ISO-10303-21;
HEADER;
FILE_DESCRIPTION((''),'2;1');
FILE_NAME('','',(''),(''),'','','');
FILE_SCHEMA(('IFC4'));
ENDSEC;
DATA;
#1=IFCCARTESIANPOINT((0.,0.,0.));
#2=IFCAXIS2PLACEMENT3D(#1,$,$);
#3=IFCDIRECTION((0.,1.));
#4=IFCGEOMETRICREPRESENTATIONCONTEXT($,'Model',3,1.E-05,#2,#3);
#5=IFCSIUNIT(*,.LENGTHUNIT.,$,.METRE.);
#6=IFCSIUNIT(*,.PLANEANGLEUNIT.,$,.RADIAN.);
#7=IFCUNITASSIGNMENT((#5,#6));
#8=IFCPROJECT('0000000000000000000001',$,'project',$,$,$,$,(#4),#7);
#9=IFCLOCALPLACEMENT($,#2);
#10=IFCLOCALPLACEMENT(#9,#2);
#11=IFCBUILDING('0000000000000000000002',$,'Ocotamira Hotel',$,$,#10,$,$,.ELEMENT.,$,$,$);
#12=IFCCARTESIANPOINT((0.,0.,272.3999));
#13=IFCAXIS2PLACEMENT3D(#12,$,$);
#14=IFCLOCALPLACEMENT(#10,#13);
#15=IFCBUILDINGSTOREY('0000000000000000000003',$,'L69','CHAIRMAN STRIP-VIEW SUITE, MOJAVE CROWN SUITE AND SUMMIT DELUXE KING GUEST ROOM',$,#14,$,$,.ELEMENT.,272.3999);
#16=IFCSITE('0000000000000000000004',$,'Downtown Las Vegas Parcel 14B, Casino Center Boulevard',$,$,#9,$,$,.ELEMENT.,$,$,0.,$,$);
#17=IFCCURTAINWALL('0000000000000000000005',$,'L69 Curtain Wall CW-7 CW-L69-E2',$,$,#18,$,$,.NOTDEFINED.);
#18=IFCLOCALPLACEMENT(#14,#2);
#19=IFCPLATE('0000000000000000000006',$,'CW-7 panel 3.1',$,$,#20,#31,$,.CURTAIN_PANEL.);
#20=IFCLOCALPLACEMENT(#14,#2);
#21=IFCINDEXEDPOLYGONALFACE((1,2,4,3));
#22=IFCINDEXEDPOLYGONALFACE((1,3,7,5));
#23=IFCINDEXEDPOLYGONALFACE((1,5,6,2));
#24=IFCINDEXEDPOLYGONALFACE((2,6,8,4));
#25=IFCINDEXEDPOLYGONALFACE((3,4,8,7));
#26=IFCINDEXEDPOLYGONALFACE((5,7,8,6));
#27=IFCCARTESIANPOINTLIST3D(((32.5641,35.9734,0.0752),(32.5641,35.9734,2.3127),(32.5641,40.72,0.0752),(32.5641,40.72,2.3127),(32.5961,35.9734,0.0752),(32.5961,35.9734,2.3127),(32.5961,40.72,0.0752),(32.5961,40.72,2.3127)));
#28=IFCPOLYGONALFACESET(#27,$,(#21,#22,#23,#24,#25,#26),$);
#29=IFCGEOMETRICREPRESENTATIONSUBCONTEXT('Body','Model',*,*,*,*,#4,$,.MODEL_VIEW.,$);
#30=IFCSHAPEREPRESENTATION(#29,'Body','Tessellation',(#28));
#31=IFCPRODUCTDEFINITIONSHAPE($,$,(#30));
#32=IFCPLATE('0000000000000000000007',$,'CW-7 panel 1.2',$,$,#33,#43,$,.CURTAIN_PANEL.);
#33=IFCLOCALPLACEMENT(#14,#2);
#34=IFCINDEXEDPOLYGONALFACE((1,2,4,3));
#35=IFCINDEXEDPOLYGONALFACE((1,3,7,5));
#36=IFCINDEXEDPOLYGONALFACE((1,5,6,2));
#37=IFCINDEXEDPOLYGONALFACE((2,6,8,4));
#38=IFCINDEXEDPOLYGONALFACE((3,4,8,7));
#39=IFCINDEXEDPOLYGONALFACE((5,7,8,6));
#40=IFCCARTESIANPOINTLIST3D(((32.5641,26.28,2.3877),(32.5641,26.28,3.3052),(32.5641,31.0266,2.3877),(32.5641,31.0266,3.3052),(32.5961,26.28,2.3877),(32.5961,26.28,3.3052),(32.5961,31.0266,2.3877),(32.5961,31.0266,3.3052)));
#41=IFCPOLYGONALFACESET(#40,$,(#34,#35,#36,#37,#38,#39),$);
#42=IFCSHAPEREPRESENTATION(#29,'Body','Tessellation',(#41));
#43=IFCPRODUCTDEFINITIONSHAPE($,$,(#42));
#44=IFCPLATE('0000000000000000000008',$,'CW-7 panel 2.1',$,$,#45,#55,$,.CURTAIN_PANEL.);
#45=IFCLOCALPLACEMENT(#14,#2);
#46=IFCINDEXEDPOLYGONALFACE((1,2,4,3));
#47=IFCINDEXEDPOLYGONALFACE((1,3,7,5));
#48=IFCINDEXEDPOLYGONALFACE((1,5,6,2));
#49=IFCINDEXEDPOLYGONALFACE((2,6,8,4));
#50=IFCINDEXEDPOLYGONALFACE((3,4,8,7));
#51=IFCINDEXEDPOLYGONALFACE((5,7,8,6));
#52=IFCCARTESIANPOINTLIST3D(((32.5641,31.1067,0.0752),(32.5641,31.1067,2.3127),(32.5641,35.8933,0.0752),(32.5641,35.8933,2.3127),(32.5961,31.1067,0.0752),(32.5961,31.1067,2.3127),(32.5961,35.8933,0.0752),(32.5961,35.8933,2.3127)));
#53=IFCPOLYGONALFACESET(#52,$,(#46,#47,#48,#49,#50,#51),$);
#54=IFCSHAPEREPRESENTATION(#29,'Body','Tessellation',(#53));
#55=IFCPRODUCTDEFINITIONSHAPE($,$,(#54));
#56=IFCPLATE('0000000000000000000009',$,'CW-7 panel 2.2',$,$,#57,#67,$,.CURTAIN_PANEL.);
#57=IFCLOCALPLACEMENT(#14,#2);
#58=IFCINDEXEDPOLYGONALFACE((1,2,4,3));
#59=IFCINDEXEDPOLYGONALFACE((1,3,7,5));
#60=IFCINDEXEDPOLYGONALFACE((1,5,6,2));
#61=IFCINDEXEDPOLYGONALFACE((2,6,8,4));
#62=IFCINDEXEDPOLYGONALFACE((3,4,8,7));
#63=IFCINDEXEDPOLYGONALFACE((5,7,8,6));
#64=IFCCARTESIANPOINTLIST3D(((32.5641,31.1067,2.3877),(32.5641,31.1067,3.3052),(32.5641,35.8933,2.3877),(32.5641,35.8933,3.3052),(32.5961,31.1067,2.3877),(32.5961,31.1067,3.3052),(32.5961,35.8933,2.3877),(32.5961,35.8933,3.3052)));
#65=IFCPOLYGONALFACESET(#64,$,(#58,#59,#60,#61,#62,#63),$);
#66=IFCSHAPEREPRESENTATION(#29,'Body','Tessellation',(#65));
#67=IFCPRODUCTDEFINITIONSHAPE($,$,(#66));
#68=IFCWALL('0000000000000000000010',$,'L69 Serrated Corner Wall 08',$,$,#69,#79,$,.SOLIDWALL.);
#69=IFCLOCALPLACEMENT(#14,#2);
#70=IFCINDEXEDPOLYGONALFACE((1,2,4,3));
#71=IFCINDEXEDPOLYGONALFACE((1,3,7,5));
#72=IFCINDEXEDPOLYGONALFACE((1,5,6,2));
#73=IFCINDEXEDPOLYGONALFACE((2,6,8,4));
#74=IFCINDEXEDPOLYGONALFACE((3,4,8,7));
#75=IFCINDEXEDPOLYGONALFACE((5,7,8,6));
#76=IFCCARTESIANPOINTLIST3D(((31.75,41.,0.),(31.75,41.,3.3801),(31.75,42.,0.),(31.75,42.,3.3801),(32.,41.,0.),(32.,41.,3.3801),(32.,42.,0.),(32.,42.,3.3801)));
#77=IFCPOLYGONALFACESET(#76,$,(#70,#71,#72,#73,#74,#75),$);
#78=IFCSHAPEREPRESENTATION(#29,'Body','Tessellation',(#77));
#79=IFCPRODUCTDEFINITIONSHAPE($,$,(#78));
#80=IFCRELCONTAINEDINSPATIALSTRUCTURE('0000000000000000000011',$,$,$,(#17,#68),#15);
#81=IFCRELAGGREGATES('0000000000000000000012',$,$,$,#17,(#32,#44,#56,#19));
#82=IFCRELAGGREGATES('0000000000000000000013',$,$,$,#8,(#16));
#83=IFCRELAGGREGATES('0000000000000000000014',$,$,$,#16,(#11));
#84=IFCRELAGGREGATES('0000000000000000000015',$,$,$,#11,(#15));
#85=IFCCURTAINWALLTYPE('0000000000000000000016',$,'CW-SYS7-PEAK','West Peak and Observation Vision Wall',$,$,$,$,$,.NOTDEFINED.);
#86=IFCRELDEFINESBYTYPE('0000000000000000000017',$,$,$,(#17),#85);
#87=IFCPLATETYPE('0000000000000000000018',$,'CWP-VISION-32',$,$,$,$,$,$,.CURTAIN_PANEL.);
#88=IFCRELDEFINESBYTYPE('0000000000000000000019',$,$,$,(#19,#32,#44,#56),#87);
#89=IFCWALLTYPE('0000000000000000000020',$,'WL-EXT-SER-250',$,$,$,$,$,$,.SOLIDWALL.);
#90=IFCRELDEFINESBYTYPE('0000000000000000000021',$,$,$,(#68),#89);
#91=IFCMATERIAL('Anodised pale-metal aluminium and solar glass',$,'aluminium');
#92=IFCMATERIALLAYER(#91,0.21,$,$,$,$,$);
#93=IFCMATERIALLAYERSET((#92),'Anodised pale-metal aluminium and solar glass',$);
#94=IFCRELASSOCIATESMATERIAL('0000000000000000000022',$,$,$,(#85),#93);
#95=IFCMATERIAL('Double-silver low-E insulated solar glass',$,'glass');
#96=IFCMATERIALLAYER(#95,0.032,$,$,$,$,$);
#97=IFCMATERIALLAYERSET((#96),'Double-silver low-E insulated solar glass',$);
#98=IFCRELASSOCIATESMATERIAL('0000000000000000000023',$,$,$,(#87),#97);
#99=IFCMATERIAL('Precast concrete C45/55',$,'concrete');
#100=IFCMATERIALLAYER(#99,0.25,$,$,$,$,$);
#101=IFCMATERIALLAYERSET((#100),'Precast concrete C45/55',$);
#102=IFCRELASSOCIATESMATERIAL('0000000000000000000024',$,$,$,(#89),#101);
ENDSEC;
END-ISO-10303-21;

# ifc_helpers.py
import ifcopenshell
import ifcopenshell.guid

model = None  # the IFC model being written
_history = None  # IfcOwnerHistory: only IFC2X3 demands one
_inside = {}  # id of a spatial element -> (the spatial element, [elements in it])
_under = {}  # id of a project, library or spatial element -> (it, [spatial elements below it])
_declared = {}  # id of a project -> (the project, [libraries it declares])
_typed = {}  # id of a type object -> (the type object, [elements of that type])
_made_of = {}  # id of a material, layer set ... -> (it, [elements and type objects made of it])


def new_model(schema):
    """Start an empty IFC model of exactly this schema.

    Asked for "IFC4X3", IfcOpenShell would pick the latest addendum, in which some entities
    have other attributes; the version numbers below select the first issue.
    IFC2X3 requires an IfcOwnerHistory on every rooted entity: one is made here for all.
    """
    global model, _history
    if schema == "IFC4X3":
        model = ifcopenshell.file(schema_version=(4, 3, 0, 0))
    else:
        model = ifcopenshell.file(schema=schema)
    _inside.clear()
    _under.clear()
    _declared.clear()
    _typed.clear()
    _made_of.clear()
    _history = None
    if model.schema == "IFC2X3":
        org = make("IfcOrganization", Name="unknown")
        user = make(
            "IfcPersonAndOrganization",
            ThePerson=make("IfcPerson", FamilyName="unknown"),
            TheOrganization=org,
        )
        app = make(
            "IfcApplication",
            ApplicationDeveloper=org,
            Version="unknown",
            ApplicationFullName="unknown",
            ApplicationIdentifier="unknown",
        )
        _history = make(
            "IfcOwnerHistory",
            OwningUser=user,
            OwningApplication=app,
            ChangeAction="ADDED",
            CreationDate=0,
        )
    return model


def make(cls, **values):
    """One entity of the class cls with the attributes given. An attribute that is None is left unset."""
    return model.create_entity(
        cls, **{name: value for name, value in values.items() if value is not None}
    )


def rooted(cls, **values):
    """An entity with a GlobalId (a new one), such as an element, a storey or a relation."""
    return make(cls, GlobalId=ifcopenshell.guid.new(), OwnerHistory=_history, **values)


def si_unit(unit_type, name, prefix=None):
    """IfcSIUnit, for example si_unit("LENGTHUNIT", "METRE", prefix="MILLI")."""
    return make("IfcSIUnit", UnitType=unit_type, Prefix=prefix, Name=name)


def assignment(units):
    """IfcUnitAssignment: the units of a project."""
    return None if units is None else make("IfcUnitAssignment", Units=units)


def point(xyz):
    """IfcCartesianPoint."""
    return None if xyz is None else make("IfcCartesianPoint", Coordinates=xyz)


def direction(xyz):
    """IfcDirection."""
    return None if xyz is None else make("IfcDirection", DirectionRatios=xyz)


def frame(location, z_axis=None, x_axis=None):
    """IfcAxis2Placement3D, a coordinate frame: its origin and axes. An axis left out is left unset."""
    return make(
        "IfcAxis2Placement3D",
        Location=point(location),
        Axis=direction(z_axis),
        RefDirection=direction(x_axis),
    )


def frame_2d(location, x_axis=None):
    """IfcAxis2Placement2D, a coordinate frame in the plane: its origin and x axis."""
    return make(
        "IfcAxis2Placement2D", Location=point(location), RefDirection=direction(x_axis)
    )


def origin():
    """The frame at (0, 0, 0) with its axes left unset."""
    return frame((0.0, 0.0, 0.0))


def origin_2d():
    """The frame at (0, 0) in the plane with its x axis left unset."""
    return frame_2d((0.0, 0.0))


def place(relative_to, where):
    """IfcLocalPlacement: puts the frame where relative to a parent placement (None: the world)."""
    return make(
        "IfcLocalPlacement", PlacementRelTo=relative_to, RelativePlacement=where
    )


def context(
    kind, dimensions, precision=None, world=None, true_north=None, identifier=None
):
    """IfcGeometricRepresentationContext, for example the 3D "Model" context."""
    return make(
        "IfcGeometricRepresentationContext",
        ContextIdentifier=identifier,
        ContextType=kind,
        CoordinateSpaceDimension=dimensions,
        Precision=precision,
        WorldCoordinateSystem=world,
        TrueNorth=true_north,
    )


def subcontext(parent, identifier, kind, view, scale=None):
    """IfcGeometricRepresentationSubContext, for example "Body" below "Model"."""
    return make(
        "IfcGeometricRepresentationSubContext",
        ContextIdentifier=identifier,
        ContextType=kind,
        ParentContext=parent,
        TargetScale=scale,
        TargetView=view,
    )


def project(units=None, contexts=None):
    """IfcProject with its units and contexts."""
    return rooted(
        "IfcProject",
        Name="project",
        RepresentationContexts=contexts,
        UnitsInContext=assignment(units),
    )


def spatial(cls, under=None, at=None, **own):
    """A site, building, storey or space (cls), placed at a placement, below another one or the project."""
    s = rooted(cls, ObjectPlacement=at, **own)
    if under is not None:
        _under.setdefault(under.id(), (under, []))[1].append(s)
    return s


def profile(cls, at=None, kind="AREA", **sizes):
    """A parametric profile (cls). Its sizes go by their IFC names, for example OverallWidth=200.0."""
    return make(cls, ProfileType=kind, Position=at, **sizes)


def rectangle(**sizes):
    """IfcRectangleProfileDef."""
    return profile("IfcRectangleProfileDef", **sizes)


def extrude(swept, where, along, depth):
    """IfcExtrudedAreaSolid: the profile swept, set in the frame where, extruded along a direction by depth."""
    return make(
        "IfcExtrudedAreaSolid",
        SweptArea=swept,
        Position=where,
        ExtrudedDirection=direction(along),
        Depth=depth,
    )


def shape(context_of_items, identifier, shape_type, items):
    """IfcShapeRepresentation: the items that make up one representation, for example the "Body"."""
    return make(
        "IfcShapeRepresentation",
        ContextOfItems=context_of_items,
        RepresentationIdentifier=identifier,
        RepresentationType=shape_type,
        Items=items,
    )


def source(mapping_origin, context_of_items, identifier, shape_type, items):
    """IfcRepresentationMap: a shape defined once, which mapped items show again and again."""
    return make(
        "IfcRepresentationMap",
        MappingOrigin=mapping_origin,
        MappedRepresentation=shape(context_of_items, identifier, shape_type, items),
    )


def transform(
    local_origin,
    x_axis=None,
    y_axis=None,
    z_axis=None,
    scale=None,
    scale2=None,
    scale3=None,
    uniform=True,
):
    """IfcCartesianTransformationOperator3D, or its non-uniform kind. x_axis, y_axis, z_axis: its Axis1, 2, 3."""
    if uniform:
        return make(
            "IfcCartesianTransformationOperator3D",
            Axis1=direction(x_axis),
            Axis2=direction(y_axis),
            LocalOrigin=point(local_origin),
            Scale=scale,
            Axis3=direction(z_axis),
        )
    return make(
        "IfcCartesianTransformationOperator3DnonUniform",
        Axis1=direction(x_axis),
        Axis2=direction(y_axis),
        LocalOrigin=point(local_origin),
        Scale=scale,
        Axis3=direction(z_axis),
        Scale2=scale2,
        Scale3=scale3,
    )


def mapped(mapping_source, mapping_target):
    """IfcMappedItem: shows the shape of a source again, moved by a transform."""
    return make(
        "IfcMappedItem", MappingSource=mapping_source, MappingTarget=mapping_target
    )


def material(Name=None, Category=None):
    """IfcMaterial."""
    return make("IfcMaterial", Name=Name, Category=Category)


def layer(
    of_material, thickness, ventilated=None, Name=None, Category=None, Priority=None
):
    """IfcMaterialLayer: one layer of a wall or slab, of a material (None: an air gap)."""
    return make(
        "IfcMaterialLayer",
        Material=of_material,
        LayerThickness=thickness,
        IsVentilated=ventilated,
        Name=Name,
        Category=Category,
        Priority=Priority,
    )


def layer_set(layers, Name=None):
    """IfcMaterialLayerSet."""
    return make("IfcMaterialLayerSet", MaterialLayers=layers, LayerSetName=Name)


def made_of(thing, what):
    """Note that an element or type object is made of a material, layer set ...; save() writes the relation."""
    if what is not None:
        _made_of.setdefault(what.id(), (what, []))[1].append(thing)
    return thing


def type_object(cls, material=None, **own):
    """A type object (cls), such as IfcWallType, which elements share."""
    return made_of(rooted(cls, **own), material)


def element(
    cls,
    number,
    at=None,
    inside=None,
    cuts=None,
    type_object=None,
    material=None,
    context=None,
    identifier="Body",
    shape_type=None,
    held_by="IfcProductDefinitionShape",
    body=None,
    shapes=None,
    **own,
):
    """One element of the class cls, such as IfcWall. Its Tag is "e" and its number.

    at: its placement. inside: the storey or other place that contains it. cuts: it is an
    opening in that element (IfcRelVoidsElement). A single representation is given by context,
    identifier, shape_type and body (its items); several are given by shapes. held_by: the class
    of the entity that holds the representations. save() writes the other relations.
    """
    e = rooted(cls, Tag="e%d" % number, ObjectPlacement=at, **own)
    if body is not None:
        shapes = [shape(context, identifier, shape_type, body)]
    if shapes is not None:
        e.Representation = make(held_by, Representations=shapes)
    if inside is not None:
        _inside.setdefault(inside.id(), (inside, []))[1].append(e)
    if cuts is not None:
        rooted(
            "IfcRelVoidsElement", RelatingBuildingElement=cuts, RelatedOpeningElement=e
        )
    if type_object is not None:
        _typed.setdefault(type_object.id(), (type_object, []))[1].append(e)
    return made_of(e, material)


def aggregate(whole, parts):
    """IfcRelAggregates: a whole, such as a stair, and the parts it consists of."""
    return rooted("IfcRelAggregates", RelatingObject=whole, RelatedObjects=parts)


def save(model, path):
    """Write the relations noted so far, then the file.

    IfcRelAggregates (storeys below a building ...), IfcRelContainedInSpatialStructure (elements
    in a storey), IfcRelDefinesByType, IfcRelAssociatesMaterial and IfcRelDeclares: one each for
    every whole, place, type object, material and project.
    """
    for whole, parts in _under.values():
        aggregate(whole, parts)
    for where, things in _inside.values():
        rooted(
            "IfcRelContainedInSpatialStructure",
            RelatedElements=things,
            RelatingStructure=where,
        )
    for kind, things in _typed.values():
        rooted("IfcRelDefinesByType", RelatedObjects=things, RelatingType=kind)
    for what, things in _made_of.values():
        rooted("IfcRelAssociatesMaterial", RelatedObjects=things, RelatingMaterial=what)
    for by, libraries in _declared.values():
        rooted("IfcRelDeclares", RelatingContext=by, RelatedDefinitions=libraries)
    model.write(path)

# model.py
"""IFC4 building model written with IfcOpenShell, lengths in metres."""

from ifc_helpers import new_model, si_unit, direction, frame, frame_2d, origin, origin_2d, place, context, subcontext, project, spatial, rectangle, extrude, source, transform, mapped, material, layer, layer_set, type_object, element, aggregate, save


model = new_model("IFC4")

# Units and contexts
model_context = context("Model", 3, precision=1e-05, world=origin(), true_north=direction((0.0, 1.0)))
body_context = subcontext(model_context, "Body", "Model", "MODEL_VIEW")
ifc_project = project(units=[si_unit("LENGTHUNIT", "METRE"), si_unit("PLANEANGLEUNIT", "RADIAN")], contexts=[model_context])

# Site, building, storey
site_placement = place(None, origin())
site = spatial("IfcSite", under=ifc_project, at=site_placement, Name="Downtown Las Vegas Parcel 14B, Casino Center Boulevard", CompositionType="ELEMENT", RefElevation=0.0)
building_placement = place(site_placement, origin())
building = spatial("IfcBuilding", under=site, at=building_placement, Name="Ocotamira Hotel", CompositionType="ELEMENT")
storey_placement = place(building_placement, frame((0.0, 0.0, 272.3999)))
storey = spatial("IfcBuildingStorey", under=building, at=storey_placement, Name="L69", Description="CHAIRMAN STRIP-VIEW SUITE, MOJAVE CROWN SUITE AND SUMMIT DELUXE KING GUEST ROOM", CompositionType="ELEMENT", Elevation=272.3999)

# Curtain wall, plates
ifc_material_1 = material(Name="Anodised pale-metal aluminium and solar glass", Category="aluminium")
ifc_layer_1 = layer(ifc_material_1, 0.21)
ifc_layer_set_1 = layer_set([ifc_layer_1], Name="Anodised pale-metal aluminium and solar glass")
curtain_wall_type = type_object("IfcCurtainWallType", Name="CW-SYS7-PEAK", Description="West Peak and Observation Vision Wall", PredefinedType="NOTDEFINED", material=ifc_layer_set_1)
curtain_wall_placement = place(storey_placement, origin())
curtain_wall = element("IfcCurtainWall", 1, at=curtain_wall_placement, inside=storey, type_object=curtain_wall_type, Name="L69 Curtain Wall CW-7 CW-L69-E2", PredefinedType="NOTDEFINED")
ifc_material_2 = material(Name="Double-silver low-E insulated solar glass", Category="glass")
ifc_layer_2 = layer(ifc_material_2, 0.032)
ifc_layer_set_2 = layer_set([ifc_layer_2], Name="Double-silver low-E insulated solar glass")
plate_type = type_object("IfcPlateType", Name="CWP-VISION-32", PredefinedType="CURTAIN_PANEL", material=ifc_layer_set_2)
shared_shape_1 = source(origin(), body_context, "Body", "SweptSolid", [
    extrude(rectangle(XDim=4.7466, YDim=0.032, at=origin_2d()), origin(), (0.0, 0.0, 1.0), 2.2375),
])
plate_1_placement = place(storey_placement, frame((32.5801, 38.3467, 0.0752), z_axis=(0.0, 0.0, 1.0), x_axis=(0.0, 1.0, 0.0)))
plate_1 = element("IfcPlate", 2, at=plate_1_placement, type_object=plate_type, Name="CW-7 panel 3.1", PredefinedType="CURTAIN_PANEL", context=body_context, shape_type="MappedRepresentation", body=[
    mapped(shared_shape_1, transform((0.0, 0.0, 0.0), scale=1.0)),
])
shared_shape_2 = source(origin(), body_context, "Body", "SweptSolid", [
    extrude(rectangle(XDim=4.7466, YDim=0.032, at=origin_2d()), origin(), (0.0, 0.0, 1.0), 0.9175),
])
plate_2_placement = place(storey_placement, frame((32.5801, 28.6533, 2.3877), z_axis=(0.0, 0.0, 1.0), x_axis=(0.0, 1.0, 0.0)))
plate_2 = element("IfcPlate", 3, at=plate_2_placement, type_object=plate_type, Name="CW-7 panel 1.2", PredefinedType="CURTAIN_PANEL", context=body_context, shape_type="MappedRepresentation", body=[
    mapped(shared_shape_2, transform((0.0, 0.0, 0.0), scale=1.0)),
])
shared_shape_3 = source(origin(), body_context, "Body", "SweptSolid", [
    extrude(rectangle(XDim=4.7866, YDim=0.032, at=origin_2d()), origin(), (0.0, 0.0, 1.0), 2.2375),
])
plate_3_placement = place(storey_placement, frame((32.5801, 33.5, 0.0752), z_axis=(0.0, 0.0, 1.0), x_axis=(0.0, 1.0, 0.0)))
plate_3 = element("IfcPlate", 4, at=plate_3_placement, type_object=plate_type, Name="CW-7 panel 2.1", PredefinedType="CURTAIN_PANEL", context=body_context, shape_type="MappedRepresentation", body=[
    mapped(shared_shape_3, transform((0.0, 0.0, 0.0), scale=1.0)),
])
shared_shape_4 = source(origin(), body_context, "Body", "SweptSolid", [
    extrude(rectangle(XDim=4.7866, YDim=0.032, at=origin_2d()), origin(), (0.0, 0.0, 1.0), 0.9175),
])
plate_4_placement = place(storey_placement, frame((32.5801, 33.5, 2.3877), z_axis=(0.0, 0.0, 1.0), x_axis=(0.0, 1.0, 0.0)))
plate_4 = element("IfcPlate", 5, at=plate_4_placement, type_object=plate_type, Name="CW-7 panel 2.2", PredefinedType="CURTAIN_PANEL", context=body_context, shape_type="MappedRepresentation", body=[
    mapped(shared_shape_4, transform((0.0, 0.0, 0.0), scale=1.0)),
])
aggregate(curtain_wall, [plate_2, plate_3, plate_4, plate_1])

# Wall
ifc_material_3 = material(Name="Precast concrete C45/55", Category="concrete")
ifc_layer_3 = layer(ifc_material_3, 0.25)
ifc_layer_set_3 = layer_set([ifc_layer_3], Name="Precast concrete C45/55")
wall_type = type_object("IfcWallType", Name="WL-EXT-SER-250", PredefinedType="SOLIDWALL", material=ifc_layer_set_3)
wall_placement = place(storey_placement, frame((31.875, 41.0, 0.0), z_axis=(0.0, 0.0, 1.0), x_axis=(0.0, 1.0, 0.0)))
element("IfcWall", 6, at=wall_placement, inside=storey, type_object=wall_type, Name="L69 Serrated Corner Wall 08", PredefinedType="SOLIDWALL", context=body_context, shape_type="SweptSolid", body=[
    extrude(rectangle(XDim=1.0, YDim=0.25, at=frame_2d((0.5, 0.0))), origin(), (0.0, 0.0, 1.0), 3.3801),
])

save(model, "model.ifc")
